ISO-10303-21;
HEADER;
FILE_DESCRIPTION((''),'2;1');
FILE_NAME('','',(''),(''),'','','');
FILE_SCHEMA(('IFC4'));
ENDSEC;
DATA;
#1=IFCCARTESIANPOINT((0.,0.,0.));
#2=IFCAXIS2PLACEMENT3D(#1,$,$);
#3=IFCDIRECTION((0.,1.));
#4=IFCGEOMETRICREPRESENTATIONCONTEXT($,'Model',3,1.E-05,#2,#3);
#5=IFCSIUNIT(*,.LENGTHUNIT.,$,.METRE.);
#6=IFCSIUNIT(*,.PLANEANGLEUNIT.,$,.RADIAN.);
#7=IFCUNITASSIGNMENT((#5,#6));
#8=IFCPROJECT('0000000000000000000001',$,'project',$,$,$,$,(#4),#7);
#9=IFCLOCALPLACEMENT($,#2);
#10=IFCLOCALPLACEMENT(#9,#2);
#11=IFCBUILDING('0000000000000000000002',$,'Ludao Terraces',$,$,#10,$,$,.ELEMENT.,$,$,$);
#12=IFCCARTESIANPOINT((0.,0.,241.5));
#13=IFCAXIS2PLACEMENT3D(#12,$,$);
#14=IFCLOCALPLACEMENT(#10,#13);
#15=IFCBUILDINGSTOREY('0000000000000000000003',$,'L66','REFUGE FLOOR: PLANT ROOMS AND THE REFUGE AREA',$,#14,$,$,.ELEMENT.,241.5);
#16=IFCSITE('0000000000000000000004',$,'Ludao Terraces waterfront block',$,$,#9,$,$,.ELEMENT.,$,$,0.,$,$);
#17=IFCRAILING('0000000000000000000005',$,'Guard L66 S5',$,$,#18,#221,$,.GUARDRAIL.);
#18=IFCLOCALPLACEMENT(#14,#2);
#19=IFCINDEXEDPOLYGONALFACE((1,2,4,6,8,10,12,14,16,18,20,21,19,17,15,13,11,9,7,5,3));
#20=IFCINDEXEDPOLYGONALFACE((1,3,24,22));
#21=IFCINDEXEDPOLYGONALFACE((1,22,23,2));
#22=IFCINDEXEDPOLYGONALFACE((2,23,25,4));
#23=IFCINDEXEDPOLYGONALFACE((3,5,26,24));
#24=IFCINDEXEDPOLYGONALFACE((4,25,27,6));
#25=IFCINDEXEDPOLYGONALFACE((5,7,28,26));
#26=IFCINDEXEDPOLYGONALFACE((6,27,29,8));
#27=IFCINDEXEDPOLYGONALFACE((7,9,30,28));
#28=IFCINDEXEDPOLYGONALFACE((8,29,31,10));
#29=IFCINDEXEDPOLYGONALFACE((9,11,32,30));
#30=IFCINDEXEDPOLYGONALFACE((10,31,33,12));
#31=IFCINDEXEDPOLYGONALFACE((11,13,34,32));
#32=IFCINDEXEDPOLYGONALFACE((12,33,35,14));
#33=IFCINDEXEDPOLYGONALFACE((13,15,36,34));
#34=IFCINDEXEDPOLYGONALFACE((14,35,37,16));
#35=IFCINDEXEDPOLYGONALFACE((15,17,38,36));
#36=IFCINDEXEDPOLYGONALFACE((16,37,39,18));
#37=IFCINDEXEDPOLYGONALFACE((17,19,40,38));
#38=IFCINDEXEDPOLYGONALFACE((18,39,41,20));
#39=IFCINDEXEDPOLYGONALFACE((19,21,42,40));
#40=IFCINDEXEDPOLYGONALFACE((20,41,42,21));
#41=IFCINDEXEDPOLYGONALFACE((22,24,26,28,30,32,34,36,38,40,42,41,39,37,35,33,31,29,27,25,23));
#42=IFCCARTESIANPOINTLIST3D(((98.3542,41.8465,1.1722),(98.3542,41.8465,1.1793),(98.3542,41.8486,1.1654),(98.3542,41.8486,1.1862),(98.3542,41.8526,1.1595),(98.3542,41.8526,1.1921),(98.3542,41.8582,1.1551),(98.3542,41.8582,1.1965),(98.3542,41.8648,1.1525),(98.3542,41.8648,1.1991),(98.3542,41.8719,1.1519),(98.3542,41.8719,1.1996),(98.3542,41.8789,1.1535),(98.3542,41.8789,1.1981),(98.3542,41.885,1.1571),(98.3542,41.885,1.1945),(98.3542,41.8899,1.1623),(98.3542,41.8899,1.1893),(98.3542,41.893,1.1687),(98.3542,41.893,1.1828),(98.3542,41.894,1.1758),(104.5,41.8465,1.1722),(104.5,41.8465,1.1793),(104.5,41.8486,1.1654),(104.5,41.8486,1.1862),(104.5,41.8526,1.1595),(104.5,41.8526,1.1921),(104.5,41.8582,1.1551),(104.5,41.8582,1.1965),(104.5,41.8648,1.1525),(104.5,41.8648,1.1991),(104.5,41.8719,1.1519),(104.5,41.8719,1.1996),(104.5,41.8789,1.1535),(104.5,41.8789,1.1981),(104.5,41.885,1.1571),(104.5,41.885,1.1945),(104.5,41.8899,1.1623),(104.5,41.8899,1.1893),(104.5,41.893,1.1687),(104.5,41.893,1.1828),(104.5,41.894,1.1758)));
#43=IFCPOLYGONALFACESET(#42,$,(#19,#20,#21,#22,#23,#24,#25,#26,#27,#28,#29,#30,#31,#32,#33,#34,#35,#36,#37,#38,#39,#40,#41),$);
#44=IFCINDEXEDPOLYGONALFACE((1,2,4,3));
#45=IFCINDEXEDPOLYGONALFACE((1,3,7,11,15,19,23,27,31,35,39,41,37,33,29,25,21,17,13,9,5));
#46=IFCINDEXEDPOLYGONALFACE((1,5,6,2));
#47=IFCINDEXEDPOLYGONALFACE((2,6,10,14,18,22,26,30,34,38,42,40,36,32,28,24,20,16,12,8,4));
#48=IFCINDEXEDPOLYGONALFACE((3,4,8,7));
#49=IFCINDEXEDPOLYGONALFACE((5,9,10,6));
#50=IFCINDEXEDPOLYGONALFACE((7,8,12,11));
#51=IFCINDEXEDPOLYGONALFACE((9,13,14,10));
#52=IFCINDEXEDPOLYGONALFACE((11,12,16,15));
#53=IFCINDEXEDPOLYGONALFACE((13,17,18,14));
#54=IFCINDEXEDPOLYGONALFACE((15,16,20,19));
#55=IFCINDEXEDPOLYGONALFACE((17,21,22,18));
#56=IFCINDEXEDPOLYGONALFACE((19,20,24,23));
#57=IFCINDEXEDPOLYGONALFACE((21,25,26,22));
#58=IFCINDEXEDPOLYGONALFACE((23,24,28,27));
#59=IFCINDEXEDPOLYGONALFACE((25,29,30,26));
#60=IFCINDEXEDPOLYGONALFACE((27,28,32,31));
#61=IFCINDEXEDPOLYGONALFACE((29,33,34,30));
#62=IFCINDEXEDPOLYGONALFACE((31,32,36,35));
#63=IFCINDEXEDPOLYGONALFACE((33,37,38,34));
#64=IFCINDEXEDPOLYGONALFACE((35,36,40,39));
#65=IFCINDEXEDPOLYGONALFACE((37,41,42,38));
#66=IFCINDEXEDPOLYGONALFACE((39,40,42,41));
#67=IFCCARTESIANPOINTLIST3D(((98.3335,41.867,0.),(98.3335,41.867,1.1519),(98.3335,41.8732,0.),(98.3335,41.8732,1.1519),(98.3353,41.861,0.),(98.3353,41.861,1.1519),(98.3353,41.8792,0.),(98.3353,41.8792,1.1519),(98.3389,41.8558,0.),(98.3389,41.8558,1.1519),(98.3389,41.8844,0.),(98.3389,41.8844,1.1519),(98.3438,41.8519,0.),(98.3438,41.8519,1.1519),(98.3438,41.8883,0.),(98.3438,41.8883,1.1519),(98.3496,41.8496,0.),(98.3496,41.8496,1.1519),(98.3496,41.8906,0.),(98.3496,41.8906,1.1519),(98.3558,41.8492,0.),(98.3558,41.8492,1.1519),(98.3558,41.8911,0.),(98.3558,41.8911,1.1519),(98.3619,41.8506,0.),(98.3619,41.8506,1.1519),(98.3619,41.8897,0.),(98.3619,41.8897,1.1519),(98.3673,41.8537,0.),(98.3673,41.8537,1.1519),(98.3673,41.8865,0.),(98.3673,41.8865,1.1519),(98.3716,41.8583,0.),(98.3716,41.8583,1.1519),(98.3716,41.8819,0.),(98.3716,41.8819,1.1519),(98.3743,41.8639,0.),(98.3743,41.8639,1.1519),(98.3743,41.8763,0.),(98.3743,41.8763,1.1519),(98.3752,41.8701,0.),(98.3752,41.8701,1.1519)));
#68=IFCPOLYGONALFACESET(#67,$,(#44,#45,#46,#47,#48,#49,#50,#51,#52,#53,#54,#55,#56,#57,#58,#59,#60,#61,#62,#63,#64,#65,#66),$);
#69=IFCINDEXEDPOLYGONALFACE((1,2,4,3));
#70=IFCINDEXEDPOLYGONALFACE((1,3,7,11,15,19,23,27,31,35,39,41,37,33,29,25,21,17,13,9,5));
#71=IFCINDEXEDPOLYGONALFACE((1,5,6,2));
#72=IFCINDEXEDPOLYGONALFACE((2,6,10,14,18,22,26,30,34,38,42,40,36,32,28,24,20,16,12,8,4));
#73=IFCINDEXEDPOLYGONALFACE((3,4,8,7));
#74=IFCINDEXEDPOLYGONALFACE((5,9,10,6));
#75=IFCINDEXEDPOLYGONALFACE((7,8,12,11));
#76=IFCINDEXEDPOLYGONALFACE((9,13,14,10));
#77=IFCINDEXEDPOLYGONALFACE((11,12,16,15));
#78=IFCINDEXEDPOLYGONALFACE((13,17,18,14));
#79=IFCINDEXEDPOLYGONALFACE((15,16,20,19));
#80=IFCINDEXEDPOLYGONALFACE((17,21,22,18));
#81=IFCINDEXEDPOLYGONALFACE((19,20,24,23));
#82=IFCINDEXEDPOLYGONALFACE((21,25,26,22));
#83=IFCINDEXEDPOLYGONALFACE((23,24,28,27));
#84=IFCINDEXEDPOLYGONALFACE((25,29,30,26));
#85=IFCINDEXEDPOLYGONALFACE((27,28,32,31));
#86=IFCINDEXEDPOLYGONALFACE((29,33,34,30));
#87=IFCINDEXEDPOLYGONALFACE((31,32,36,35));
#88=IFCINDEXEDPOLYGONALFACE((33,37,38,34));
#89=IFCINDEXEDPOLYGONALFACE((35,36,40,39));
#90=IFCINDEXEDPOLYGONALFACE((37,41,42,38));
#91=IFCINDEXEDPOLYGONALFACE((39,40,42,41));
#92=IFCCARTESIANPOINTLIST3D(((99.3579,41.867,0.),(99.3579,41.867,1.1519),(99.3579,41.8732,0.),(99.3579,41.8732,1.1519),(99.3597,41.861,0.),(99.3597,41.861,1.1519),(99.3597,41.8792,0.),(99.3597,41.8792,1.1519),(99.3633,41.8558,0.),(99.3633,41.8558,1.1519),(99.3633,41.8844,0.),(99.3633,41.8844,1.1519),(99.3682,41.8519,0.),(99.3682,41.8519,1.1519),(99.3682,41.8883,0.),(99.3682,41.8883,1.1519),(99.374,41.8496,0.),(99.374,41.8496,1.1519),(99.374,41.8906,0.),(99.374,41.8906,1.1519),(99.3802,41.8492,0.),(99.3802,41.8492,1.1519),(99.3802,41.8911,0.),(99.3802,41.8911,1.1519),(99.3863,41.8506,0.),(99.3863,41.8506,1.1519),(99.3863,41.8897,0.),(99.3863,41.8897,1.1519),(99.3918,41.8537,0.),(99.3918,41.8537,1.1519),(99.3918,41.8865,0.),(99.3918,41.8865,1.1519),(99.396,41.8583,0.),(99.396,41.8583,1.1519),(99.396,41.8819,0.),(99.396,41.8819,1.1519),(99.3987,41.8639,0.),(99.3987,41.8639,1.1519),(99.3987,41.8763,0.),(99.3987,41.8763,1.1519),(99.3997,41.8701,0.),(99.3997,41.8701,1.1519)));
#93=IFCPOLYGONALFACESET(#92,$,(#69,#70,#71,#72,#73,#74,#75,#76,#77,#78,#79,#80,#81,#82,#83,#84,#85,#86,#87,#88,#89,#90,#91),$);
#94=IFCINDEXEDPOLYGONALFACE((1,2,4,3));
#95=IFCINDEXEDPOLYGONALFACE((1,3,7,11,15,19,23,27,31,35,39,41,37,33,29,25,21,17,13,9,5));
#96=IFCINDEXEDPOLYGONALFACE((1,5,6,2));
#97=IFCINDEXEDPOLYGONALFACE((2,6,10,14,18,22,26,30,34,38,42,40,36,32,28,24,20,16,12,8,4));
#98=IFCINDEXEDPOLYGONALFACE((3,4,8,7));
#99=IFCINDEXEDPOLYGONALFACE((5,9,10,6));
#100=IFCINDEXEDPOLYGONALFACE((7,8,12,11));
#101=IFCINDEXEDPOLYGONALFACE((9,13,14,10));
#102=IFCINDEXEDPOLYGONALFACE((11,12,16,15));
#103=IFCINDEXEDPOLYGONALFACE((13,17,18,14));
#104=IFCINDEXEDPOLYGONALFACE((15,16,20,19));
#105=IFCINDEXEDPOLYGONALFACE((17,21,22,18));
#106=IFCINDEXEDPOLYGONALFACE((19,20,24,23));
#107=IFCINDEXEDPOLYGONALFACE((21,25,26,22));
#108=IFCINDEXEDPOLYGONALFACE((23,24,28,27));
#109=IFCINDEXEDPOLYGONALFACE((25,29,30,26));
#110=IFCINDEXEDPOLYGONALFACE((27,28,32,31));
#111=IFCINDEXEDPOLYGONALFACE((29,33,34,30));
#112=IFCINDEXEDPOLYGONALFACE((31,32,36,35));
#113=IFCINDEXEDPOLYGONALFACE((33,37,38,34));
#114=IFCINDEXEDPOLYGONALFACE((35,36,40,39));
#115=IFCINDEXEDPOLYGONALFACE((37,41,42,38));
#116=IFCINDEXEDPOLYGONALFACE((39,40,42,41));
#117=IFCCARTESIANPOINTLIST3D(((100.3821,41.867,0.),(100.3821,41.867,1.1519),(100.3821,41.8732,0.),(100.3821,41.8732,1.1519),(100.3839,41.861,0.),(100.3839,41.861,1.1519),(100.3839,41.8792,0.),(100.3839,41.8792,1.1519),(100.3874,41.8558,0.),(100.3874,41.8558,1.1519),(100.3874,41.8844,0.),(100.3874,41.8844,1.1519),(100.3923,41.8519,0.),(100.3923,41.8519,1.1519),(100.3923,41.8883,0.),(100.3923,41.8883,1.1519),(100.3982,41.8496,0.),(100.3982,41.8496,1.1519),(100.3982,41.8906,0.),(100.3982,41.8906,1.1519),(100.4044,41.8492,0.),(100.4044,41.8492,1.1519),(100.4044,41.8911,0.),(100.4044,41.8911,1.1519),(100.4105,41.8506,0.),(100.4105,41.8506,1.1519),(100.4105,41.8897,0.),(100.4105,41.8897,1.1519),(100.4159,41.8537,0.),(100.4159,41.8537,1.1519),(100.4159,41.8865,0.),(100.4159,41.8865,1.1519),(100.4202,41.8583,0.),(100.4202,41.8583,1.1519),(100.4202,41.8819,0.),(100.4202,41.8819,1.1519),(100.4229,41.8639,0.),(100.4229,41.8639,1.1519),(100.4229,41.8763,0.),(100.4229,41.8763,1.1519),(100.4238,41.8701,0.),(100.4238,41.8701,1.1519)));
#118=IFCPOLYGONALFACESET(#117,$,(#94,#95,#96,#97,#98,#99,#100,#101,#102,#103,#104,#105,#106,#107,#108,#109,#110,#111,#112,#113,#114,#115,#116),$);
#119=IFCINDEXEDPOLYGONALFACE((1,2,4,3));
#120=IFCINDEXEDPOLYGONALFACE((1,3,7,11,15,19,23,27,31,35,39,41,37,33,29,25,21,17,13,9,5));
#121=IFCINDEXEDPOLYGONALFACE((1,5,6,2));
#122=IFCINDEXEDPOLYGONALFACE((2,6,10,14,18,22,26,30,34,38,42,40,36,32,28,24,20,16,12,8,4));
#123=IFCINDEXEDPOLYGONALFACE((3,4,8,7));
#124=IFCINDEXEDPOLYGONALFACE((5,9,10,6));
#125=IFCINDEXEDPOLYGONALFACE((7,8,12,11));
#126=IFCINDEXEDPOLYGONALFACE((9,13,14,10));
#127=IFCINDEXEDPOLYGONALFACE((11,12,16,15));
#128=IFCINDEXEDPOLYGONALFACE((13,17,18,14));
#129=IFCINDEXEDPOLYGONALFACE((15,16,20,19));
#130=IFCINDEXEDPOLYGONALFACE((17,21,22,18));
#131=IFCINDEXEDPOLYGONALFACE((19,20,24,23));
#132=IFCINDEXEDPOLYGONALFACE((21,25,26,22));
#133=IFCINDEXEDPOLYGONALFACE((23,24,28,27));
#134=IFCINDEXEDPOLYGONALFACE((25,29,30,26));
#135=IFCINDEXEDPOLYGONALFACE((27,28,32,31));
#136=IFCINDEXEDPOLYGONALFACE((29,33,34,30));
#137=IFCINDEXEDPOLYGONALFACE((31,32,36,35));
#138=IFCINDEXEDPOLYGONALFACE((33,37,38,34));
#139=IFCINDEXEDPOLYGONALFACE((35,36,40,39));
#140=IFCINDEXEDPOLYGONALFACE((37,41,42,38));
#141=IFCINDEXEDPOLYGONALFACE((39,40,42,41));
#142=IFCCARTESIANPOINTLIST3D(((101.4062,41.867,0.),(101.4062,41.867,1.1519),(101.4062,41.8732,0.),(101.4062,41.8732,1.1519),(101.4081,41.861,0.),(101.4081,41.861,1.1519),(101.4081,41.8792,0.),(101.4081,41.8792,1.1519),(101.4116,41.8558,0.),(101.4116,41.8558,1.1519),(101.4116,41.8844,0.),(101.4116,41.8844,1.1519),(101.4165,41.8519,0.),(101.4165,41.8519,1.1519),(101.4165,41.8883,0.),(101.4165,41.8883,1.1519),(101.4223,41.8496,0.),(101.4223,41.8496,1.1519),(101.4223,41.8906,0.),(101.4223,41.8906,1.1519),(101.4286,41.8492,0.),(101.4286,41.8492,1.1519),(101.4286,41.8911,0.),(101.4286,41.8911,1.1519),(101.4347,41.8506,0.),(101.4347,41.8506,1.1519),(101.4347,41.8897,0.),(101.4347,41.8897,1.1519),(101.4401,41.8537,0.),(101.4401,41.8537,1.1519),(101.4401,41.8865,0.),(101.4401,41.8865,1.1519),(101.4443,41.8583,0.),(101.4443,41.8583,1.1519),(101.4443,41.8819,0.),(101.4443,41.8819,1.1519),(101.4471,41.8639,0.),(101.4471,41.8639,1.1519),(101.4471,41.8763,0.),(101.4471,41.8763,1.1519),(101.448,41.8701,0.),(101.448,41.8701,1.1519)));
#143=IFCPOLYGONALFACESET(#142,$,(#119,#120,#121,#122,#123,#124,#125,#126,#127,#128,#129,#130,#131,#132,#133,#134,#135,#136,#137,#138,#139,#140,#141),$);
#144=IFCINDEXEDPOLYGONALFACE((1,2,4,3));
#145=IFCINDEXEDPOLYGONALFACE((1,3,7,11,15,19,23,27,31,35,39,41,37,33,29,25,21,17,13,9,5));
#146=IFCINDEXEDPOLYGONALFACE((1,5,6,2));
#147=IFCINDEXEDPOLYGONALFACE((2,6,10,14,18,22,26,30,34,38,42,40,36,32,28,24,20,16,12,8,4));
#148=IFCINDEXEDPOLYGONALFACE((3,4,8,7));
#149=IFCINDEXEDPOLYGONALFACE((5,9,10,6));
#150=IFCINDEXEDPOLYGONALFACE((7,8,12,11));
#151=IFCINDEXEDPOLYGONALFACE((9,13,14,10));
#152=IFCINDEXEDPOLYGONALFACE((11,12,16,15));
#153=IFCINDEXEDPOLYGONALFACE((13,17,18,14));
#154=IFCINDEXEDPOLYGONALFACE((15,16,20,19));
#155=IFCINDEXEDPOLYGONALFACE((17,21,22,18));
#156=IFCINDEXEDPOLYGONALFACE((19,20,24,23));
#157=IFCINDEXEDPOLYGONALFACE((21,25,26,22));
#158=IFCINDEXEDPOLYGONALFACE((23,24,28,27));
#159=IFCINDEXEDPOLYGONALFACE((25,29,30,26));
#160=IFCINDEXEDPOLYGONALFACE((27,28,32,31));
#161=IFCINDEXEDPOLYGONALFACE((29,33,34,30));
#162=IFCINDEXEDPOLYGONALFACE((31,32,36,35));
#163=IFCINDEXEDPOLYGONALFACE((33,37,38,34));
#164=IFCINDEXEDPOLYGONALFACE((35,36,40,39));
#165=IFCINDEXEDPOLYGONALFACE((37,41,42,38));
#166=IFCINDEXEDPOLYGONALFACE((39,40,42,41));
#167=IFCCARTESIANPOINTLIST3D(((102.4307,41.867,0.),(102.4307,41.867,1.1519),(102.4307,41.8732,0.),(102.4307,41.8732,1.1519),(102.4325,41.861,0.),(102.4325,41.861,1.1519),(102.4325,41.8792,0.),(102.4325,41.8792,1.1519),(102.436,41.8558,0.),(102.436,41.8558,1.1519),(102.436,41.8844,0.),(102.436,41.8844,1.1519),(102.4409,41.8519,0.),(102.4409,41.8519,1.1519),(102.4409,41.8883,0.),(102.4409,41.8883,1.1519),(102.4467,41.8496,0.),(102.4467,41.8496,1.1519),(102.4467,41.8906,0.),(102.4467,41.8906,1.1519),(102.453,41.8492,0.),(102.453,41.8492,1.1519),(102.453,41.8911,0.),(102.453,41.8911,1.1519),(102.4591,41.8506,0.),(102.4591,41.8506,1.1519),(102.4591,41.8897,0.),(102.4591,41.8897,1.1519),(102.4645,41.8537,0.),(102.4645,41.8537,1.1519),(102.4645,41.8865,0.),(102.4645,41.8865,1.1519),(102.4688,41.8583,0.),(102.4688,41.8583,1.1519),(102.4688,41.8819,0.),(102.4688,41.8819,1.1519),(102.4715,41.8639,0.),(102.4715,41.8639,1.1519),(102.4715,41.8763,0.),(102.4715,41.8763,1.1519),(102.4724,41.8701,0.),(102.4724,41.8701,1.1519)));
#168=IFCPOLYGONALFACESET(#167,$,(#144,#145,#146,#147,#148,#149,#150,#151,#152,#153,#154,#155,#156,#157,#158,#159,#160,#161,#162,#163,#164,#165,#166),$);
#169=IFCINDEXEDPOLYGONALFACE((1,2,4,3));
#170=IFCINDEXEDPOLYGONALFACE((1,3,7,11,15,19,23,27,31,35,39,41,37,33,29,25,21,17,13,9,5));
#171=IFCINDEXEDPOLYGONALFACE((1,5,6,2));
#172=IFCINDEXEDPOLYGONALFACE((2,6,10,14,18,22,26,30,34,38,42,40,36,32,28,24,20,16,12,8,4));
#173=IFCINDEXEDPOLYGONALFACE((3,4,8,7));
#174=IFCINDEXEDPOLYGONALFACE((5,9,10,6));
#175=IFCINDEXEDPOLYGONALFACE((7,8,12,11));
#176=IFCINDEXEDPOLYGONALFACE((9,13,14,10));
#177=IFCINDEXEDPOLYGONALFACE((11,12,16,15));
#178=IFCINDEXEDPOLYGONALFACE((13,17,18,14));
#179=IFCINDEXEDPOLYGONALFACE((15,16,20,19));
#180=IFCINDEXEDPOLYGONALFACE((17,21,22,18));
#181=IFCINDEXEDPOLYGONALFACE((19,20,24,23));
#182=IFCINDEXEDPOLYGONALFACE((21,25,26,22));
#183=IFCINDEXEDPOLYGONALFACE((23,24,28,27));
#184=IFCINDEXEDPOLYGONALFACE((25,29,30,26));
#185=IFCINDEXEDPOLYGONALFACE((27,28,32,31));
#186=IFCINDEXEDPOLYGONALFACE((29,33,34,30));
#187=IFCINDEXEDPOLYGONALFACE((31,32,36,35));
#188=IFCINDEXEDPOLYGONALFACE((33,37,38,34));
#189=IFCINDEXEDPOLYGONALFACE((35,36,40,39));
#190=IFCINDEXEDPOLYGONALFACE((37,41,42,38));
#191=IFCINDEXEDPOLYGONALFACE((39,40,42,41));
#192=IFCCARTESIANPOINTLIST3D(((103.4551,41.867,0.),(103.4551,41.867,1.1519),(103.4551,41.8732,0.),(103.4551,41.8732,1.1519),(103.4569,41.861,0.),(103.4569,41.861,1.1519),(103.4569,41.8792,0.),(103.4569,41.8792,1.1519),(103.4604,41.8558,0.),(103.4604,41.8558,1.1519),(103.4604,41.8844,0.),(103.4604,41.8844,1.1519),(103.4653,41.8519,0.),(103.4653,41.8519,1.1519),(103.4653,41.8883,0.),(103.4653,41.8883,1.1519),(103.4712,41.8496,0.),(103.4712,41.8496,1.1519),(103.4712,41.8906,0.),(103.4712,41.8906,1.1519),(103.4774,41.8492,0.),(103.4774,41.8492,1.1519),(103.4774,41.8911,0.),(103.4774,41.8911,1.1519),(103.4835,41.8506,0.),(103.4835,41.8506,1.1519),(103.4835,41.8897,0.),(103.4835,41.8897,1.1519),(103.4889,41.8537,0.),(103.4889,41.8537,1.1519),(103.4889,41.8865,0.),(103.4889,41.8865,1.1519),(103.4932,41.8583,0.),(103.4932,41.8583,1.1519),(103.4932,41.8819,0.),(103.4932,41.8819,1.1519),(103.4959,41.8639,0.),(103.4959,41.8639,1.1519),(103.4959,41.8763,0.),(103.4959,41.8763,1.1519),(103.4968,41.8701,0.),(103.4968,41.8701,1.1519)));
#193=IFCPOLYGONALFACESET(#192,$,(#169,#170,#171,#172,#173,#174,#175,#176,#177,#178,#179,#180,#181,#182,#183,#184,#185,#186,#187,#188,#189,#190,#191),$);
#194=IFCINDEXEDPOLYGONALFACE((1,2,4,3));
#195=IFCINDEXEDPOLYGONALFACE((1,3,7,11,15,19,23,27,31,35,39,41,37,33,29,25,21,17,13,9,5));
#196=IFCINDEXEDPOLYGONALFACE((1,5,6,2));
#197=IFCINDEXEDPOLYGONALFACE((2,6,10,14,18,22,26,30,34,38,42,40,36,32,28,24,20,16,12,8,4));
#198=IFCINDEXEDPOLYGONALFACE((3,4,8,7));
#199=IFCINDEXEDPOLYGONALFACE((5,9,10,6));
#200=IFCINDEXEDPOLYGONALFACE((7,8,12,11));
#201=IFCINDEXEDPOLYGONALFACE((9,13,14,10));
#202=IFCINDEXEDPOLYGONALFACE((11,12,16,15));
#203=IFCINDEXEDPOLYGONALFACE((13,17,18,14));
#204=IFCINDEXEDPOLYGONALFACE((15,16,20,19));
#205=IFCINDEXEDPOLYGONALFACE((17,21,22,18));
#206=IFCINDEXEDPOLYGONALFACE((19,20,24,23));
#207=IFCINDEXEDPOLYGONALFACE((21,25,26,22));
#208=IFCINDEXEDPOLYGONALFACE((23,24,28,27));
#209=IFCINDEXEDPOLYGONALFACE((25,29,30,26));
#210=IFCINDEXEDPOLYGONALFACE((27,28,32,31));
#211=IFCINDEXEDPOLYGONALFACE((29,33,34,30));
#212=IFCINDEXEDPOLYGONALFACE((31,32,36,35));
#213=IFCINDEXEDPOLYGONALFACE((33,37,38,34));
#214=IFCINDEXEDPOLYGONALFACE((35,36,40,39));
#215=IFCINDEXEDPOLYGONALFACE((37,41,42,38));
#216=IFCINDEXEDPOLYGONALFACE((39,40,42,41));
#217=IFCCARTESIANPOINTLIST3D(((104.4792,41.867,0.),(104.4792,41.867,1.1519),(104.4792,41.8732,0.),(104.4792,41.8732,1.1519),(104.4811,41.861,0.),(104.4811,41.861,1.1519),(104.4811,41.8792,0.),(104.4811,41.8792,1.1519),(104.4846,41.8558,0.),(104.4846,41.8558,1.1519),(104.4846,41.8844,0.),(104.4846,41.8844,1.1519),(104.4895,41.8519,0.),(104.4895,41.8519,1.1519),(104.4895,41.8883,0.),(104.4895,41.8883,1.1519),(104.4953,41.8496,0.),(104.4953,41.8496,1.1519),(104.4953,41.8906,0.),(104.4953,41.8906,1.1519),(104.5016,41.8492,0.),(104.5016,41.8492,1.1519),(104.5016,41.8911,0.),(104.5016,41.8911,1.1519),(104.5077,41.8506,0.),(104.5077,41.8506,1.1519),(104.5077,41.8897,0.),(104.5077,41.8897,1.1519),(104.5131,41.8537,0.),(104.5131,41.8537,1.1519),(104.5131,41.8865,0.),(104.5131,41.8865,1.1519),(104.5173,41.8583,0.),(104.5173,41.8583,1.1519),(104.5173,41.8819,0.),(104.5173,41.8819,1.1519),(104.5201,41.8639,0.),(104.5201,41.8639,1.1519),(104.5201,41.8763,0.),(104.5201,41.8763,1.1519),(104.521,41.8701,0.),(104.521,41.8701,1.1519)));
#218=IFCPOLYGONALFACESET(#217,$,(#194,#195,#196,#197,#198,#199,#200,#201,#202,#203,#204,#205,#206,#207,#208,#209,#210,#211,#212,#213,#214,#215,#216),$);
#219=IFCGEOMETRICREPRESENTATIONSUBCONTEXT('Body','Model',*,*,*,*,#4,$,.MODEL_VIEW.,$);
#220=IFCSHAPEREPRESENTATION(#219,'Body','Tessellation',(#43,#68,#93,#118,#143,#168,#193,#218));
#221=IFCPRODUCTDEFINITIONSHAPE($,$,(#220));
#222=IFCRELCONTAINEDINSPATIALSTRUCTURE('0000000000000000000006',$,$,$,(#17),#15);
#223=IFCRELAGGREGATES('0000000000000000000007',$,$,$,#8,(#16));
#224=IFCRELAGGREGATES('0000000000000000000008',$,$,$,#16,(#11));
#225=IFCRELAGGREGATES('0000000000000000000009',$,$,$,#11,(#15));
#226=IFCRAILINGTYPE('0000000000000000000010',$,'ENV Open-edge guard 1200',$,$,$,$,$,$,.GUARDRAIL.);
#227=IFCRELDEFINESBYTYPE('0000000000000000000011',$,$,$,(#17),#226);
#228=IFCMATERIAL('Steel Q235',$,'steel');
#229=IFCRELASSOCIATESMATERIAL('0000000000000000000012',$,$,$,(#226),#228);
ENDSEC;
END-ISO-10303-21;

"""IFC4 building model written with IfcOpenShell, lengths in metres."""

from ifc_helpers import new_model, si_unit, direction, frame, origin, origin_2d, place, context, subcontext, project, spatial, circle, extrude, material, type_object, element, save


model = new_model("IFC4")

# Units and contexts
model_context = context("Model", 3, precision=1e-05, world=origin(), true_north=direction((0.0, 1.0)))
body_context = subcontext(model_context, "Body", "Model", "MODEL_VIEW")
ifc_project = project(units=[si_unit("LENGTHUNIT", "METRE"), si_unit("PLANEANGLEUNIT", "RADIAN")], contexts=[model_context])

# Site, building, storey
site_placement = place(None, origin())
site = spatial("IfcSite", under=ifc_project, at=site_placement, Name="Ludao Terraces waterfront block", CompositionType="ELEMENT", RefElevation=0.0)
building_placement = place(site_placement, origin())
building = spatial("IfcBuilding", under=site, at=building_placement, Name="Ludao Terraces", CompositionType="ELEMENT")
storey_placement = place(building_placement, frame((0.0, 0.0, 241.5)))
storey = spatial("IfcBuildingStorey", under=building, at=storey_placement, Name="L66", Description="REFUGE FLOOR: PLANT ROOMS AND THE REFUGE AREA", CompositionType="ELEMENT", Elevation=241.5)

# Shared definitions
ifc_material_1 = material(Name="Steel Q235", Category="steel")

# Railing
railing_type = type_object("IfcRailingType", Name="ENV Open-edge guard 1200", PredefinedType="GUARDRAIL", material=ifc_material_1)
railing_1_placement = place(storey_placement, frame((98.3542, 41.8701, 0.0)))
element("IfcRailing", 1, at=railing_1_placement, inside=storey, type_object=railing_type, Name="Guard L66 S5", PredefinedType="GUARDRAIL", context=body_context, shape_type="SweptSolid", body=[
    extrude(circle(Radius=0.0239, at=origin_2d()), frame((0.0, 0.0, 1.1758), z_axis=(1.0, 0.0, 0.0), x_axis=(0.0, 1.0, 0.0)), (0.0, 0.0, 1.0), 6.1458),
    extrude(circle(Radius=0.021, at=origin_2d()), origin(), (0.0, 0.0, 1.0), 1.1519),
    extrude(circle(Radius=0.021, at=origin_2d()), frame((1.0244, 0.0, 0.0)), (0.0, 0.0, 1.0), 1.1519),
    extrude(circle(Radius=0.021, at=origin_2d()), frame((2.0486, 0.0, 0.0)), (0.0, 0.0, 1.0), 1.1519),
    extrude(circle(Radius=0.021, at=origin_2d()), frame((3.0728, 0.0, 0.0)), (0.0, 0.0, 1.0), 1.1519),
    extrude(circle(Radius=0.021, at=origin_2d()), frame((4.0972, 0.0, 0.0)), (0.0, 0.0, 1.0), 1.1519),
    extrude(circle(Radius=0.021, at=origin_2d()), frame((5.1216, 0.0, 0.0)), (0.0, 0.0, 1.0), 1.1519),
    extrude(circle(Radius=0.021, at=origin_2d()), frame((6.1458, 0.0, 0.0)), (0.0, 0.0, 1.0), 1.1519),
])

save(model, "model.ifc")
